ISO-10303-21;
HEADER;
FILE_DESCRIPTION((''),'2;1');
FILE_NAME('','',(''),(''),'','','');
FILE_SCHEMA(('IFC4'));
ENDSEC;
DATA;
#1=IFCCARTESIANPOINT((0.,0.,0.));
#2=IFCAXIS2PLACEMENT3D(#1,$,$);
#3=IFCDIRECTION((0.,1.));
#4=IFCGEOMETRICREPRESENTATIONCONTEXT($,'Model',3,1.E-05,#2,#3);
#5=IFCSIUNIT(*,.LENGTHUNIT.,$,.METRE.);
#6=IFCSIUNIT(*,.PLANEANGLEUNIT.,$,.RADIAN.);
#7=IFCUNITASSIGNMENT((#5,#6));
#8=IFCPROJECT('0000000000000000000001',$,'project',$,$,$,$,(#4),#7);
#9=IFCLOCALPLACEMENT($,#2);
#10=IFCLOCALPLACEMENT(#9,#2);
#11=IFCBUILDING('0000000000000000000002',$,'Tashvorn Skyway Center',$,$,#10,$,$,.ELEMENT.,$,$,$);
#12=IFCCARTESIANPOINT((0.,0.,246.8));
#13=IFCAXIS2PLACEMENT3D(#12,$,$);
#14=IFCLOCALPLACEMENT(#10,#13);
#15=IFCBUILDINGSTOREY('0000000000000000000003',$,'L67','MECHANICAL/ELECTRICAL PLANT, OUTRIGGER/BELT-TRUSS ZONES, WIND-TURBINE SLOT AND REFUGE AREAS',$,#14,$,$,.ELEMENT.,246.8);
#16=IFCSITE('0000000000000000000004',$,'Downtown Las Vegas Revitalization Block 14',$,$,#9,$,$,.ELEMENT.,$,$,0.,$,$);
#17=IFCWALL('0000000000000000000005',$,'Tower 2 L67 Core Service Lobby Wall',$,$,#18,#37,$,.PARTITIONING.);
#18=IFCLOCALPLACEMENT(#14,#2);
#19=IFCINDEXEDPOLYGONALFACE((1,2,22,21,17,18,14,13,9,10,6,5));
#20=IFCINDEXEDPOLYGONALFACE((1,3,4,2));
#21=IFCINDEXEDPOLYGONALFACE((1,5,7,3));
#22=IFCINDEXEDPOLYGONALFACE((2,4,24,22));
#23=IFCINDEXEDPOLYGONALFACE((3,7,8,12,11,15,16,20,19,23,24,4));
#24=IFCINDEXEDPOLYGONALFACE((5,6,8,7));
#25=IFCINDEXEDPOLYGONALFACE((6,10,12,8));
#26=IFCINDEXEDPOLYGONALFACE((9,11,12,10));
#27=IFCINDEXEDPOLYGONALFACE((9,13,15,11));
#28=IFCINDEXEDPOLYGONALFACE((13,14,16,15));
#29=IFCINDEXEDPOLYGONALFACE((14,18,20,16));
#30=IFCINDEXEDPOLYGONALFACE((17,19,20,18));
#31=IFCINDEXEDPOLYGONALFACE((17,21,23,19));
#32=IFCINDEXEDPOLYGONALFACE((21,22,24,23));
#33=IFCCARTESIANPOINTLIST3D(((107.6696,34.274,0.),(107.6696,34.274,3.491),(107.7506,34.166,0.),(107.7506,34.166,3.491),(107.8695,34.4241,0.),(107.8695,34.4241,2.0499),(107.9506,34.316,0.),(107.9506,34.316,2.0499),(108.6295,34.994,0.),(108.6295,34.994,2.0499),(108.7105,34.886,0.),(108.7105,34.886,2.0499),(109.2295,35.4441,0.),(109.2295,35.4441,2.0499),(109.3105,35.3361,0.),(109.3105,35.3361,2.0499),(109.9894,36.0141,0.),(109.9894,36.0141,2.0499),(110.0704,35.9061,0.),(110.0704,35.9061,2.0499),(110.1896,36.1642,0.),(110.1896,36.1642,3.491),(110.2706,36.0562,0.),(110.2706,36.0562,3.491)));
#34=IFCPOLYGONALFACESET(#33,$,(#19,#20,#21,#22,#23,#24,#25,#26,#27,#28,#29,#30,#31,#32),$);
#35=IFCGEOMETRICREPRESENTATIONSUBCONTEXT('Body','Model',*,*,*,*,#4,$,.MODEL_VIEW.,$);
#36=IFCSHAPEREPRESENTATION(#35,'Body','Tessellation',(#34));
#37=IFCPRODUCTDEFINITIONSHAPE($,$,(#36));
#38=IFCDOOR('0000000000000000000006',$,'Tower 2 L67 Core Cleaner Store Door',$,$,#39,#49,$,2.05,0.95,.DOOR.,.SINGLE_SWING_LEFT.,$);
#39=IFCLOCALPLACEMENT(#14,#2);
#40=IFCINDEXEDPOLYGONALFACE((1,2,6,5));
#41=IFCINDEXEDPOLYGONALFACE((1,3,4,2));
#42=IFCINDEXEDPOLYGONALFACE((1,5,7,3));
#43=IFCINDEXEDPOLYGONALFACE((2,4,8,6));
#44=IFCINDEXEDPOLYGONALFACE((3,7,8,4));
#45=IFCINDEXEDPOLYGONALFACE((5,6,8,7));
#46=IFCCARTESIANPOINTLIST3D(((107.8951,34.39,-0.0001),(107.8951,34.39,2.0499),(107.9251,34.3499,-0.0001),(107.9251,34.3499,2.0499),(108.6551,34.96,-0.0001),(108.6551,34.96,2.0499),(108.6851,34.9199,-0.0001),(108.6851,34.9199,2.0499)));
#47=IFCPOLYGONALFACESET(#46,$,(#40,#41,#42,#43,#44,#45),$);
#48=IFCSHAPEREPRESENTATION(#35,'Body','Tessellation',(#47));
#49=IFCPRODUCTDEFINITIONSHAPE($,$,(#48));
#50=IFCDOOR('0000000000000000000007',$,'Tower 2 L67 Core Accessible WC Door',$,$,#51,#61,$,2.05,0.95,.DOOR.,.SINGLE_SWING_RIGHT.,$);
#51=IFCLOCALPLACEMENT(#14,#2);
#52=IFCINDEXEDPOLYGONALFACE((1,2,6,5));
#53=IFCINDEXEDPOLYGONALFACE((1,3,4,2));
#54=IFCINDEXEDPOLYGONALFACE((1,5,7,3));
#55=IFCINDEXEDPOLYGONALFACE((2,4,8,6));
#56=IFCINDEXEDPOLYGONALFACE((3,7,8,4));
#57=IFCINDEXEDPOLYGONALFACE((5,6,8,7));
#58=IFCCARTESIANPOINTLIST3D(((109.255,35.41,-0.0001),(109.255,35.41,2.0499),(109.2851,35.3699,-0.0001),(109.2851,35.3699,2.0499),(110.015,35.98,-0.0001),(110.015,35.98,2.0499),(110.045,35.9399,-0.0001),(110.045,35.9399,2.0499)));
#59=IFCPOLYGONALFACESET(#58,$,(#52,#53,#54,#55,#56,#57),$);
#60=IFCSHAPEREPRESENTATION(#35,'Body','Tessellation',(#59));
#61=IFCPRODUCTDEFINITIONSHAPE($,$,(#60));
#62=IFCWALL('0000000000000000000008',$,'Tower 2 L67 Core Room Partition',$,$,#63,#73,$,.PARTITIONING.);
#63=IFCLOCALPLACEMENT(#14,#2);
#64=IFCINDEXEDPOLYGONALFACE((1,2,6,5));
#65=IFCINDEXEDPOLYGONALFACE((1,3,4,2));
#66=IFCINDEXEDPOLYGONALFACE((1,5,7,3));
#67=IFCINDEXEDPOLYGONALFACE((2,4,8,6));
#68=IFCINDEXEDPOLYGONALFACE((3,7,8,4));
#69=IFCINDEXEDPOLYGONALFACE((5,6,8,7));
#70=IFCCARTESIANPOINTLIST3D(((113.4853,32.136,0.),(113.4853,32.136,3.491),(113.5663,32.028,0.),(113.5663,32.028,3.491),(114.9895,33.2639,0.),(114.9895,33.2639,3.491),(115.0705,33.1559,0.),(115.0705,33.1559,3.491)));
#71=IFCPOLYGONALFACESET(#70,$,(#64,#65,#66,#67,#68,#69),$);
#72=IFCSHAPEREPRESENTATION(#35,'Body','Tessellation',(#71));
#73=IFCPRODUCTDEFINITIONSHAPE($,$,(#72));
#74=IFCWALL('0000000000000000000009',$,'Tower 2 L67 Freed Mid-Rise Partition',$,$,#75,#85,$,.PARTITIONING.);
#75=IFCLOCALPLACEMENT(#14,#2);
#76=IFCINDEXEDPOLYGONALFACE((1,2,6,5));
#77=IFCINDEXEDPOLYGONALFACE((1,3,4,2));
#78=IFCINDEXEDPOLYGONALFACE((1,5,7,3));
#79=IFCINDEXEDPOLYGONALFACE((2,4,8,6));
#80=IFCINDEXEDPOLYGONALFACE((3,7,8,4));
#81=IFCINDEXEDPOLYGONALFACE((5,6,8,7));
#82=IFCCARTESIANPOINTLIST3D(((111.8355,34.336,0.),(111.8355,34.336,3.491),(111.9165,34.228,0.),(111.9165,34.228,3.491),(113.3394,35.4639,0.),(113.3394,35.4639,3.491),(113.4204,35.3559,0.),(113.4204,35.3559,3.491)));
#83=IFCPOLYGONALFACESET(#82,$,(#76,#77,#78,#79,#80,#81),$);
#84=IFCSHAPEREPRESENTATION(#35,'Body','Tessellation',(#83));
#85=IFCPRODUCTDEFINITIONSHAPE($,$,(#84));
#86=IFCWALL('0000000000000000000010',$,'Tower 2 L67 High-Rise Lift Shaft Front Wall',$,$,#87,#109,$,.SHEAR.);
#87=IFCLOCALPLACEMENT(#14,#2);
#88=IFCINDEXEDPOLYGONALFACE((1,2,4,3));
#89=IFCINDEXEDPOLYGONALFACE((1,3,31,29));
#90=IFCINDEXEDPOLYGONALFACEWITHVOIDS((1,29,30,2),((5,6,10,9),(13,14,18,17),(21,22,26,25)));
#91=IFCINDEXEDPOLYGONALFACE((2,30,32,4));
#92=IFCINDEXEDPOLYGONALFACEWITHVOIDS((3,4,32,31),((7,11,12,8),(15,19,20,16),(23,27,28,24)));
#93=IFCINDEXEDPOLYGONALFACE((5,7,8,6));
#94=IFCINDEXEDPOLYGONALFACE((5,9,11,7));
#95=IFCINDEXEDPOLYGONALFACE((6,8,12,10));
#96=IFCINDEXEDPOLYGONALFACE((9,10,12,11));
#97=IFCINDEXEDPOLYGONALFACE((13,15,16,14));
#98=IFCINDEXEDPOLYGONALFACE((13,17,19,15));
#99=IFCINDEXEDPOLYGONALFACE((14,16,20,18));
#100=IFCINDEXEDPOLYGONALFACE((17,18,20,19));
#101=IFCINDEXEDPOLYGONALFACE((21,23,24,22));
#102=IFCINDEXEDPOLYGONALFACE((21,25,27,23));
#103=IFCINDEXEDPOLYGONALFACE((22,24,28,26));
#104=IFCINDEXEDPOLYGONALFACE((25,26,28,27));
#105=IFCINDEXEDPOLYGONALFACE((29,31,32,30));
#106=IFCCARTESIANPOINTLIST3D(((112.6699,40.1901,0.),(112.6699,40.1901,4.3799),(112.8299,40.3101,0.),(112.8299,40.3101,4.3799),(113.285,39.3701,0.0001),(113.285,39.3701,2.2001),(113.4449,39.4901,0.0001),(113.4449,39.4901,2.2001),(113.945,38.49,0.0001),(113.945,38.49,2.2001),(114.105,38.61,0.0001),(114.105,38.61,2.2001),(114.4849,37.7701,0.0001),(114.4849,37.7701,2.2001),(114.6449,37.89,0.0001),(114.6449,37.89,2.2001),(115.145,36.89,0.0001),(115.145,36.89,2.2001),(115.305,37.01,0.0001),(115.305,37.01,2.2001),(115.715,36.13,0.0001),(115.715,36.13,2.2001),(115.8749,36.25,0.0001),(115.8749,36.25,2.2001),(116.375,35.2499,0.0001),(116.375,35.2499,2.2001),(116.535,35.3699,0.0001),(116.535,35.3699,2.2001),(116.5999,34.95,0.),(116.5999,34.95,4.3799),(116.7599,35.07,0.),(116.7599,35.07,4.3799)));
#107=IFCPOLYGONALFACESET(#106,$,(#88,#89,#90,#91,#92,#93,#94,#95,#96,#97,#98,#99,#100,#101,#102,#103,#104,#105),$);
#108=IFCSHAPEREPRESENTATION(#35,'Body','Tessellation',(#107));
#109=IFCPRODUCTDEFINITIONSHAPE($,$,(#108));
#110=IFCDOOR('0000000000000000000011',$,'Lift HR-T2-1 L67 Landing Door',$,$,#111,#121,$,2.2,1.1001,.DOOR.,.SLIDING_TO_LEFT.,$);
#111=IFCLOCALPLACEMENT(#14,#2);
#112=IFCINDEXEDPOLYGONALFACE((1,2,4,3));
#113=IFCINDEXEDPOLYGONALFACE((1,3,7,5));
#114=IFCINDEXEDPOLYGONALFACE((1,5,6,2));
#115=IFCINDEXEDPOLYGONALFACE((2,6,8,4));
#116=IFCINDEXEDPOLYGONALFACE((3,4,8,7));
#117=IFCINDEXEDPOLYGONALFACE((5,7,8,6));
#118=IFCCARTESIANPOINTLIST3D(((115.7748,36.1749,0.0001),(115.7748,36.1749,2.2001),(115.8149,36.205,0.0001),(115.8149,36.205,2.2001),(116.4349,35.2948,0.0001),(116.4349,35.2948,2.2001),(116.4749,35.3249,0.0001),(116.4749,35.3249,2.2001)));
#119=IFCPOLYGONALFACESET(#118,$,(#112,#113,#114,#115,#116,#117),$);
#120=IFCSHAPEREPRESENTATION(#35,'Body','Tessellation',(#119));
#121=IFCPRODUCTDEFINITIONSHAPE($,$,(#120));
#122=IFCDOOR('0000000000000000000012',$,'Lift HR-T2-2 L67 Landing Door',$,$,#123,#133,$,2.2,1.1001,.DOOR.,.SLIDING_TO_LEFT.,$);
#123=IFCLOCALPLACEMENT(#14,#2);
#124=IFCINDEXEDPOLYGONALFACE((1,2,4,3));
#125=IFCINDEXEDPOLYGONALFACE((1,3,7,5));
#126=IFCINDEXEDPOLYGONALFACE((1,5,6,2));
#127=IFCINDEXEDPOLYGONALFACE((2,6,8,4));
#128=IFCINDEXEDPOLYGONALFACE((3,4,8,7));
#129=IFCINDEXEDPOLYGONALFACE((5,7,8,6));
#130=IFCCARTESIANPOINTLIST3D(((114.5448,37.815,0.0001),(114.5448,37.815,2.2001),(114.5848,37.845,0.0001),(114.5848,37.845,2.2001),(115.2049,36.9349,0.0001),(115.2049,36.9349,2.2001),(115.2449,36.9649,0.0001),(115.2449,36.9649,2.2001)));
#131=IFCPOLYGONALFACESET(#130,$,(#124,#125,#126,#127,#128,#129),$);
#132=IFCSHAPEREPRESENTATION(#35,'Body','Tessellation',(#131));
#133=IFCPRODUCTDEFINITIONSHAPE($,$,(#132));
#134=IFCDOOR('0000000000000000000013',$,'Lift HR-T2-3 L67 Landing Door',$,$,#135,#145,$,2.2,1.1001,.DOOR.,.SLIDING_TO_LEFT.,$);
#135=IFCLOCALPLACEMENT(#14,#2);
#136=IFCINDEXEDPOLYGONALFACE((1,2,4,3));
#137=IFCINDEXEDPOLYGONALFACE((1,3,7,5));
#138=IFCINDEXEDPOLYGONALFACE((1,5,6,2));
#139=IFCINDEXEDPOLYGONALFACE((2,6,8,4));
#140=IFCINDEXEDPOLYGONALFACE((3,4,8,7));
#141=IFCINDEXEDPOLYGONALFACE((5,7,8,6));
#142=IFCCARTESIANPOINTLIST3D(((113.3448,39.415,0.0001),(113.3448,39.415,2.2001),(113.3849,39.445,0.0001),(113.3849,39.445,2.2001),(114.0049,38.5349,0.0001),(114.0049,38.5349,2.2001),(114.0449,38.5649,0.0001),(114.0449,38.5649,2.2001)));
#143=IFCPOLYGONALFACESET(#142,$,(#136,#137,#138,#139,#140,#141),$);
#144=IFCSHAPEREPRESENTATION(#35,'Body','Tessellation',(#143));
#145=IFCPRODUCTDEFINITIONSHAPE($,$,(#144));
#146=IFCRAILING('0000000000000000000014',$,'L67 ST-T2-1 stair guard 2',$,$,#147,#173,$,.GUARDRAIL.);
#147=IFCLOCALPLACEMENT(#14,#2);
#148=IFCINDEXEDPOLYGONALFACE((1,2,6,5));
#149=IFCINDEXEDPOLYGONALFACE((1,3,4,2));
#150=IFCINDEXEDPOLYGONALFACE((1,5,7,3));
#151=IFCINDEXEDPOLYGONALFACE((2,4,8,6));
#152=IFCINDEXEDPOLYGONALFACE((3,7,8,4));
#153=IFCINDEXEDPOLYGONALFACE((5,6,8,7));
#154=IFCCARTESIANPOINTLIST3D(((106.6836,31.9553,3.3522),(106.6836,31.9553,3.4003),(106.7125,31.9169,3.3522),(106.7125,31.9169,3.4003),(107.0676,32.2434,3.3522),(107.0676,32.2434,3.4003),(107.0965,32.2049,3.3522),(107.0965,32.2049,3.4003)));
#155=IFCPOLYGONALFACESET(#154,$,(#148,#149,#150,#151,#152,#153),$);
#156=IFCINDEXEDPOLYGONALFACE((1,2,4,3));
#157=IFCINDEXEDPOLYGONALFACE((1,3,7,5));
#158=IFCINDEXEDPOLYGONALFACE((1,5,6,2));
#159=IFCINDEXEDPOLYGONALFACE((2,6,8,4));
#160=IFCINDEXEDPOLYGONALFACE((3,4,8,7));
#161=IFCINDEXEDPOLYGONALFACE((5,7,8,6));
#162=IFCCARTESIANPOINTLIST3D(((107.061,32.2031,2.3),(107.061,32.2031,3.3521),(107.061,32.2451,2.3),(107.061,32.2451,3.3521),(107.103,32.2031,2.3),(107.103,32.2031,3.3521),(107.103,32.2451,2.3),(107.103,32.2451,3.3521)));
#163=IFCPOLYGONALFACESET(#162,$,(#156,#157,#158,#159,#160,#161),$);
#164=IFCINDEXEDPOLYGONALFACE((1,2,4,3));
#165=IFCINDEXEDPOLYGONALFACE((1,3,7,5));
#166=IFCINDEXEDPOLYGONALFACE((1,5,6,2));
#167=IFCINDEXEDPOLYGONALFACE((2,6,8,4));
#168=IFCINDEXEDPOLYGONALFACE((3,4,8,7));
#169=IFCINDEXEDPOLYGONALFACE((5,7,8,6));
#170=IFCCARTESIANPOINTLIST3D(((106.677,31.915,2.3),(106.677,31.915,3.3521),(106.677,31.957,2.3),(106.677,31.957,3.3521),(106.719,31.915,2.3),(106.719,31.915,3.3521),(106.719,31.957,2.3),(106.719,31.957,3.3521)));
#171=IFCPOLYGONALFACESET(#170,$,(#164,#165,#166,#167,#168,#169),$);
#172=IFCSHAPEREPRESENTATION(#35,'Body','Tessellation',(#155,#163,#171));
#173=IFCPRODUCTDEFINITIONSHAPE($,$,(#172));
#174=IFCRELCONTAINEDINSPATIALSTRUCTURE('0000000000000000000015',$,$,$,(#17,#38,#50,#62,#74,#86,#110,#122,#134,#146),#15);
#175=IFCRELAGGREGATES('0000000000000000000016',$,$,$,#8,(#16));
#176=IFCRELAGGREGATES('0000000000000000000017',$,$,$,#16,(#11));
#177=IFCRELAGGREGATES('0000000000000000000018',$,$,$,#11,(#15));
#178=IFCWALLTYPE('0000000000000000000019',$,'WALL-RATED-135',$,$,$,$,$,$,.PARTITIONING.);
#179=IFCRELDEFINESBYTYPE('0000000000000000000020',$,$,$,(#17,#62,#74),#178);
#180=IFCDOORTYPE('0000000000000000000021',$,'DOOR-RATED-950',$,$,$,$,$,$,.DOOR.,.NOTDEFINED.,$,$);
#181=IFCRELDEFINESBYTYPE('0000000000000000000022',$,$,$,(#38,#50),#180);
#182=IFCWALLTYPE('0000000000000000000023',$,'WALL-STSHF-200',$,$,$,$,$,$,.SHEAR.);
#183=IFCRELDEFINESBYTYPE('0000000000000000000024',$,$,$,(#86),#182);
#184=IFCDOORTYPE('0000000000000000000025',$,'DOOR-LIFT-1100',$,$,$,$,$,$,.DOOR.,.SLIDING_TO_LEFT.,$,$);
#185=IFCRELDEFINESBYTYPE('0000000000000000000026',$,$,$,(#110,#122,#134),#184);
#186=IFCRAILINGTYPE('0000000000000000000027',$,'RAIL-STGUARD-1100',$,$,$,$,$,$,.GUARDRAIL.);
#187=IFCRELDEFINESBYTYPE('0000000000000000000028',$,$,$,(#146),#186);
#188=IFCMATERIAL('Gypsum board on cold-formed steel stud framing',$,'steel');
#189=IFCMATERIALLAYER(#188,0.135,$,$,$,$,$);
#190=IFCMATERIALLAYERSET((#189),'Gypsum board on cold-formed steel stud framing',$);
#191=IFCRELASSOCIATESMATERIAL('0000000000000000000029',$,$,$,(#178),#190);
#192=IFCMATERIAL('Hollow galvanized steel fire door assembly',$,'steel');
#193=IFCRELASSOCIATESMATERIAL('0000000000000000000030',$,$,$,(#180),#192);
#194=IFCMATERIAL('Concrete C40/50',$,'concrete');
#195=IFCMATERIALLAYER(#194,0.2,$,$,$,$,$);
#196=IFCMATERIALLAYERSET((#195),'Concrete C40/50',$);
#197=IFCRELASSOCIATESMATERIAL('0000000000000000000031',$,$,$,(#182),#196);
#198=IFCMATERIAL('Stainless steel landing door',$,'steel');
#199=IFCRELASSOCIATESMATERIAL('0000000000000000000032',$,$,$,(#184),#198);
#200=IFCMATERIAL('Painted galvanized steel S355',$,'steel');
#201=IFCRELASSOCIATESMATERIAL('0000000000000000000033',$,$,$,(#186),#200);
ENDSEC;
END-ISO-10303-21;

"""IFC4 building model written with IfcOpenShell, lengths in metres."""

from ifc_helpers import new_model, si_unit, direction, frame, frame_2d, origin, origin_2d, place, context, subcontext, project, spatial, rectangle, extrude, material, layer, layer_set, type_object, element, fill, save


model = new_model("IFC4")

# Units and contexts
model_context = context("Model", 3, precision=1e-05, world=origin(), true_north=direction((0.0, 1.0)))
body_context = subcontext(model_context, "Body", "Model", "MODEL_VIEW")
ifc_project = project(units=[si_unit("LENGTHUNIT", "METRE"), si_unit("PLANEANGLEUNIT", "RADIAN")], contexts=[model_context])

# Site, building, storey
site_placement = place(None, origin())
site = spatial("IfcSite", under=ifc_project, at=site_placement, Name="Downtown Las Vegas Revitalization Block 14", CompositionType="ELEMENT", RefElevation=0.0)
building_placement = place(site_placement, origin())
building = spatial("IfcBuilding", under=site, at=building_placement, Name="Tashvorn Skyway Center", CompositionType="ELEMENT")
storey_placement = place(building_placement, frame((0.0, 0.0, 246.8)))
storey = spatial("IfcBuildingStorey", under=building, at=storey_placement, Name="L67", Description="MECHANICAL/ELECTRICAL PLANT, OUTRIGGER/BELT-TRUSS ZONES, WIND-TURBINE SLOT AND REFUGE AREAS", CompositionType="ELEMENT", Elevation=246.8)

# Shared definitions
ifc_material_1 = material(Name="Gypsum board on cold-formed steel stud framing", Category="steel")

# Wall, openings, doors
ifc_layer_1 = layer(ifc_material_1, 0.135)
ifc_layer_set_1 = layer_set([ifc_layer_1], Name="Gypsum board on cold-formed steel stud framing")
wall_type_1 = type_object("IfcWallType", Name="WALL-RATED-135", PredefinedType="PARTITIONING", material=ifc_layer_set_1)
wall_1_placement = place(storey_placement, frame((107.71, 34.22, 0.0), z_axis=(0.0, 0.0, 1.0), x_axis=(0.799981, 0.600025, 0.0)))
wall_1 = element("IfcWall", 1, at=wall_1_placement, inside=storey, type_object=wall_type_1, Name="Tower 2 L67 Core Service Lobby Wall", PredefinedType="PARTITIONING", context=body_context, shape_type="SweptSolid", body=[
    extrude(rectangle(XDim=3.1501, YDim=0.135, at=frame_2d((1.5752, 0.0))), origin(), (0.0, 0.0, 1.0), 3.491),
])
opening_1_placement = place(wall_1_placement, frame((0.25, 0.0, 0.0)))
opening_1 = element("IfcOpeningElement", 2, at=opening_1_placement, cuts=wall_1, PredefinedType="OPENING", context=body_context, shape_type="SweptSolid", body=[
    extrude(rectangle(XDim=0.95, YDim=2.05, at=frame_2d((0.4751, 1.0249))), frame((0.0, 0.0774, 0.0), z_axis=(0.0, -1.0, 0.0), x_axis=(1.0, 0.0, 0.0)), (0.0, 0.0, 1.0), 0.155),
])
opening_2_placement = place(wall_1_placement, frame((1.95, 0.0, 0.0)))
opening_2 = element("IfcOpeningElement", 3, at=opening_2_placement, cuts=wall_1, PredefinedType="OPENING", context=body_context, shape_type="SweptSolid", body=[
    extrude(rectangle(XDim=0.95, YDim=2.05, at=frame_2d((0.4751, 1.0249))), frame((0.0, 0.0774, 0.0), z_axis=(0.0, -1.0, 0.0), x_axis=(1.0, 0.0, 0.0)), (0.0, 0.0, 1.0), 0.155),
])
ifc_material_2 = material(Name="Hollow galvanized steel fire door assembly", Category="steel")
door_type_1 = type_object("IfcDoorType", Name="DOOR-RATED-950", OperationType="NOTDEFINED", PredefinedType="DOOR", material=ifc_material_2)
door_1_placement = place(opening_1_placement, origin())
door_1 = element("IfcDoor", 4, at=door_1_placement, inside=storey, type_object=door_type_1, Name="Tower 2 L67 Core Cleaner Store Door", OperationType="SINGLE_SWING_LEFT", OverallHeight=2.05, OverallWidth=0.95, PredefinedType="DOOR", context=body_context, shape_type="SweptSolid", body=[
    extrude(rectangle(XDim=0.95, YDim=2.05, at=frame_2d((0.4751, 1.0249))), frame((0.0, 0.0249, 0.0), z_axis=(0.0, -1.0, 0.0), x_axis=(1.0, 0.0, 0.0)), (0.0, 0.0, 1.0), 0.05),
])
fill(opening_1, door_1)
door_2_placement = place(opening_2_placement, origin())
door_2 = element("IfcDoor", 5, at=door_2_placement, inside=storey, type_object=door_type_1, Name="Tower 2 L67 Core Accessible WC Door", OperationType="SINGLE_SWING_RIGHT", OverallHeight=2.05, OverallWidth=0.95, PredefinedType="DOOR", context=body_context, shape_type="SweptSolid", body=[
    extrude(rectangle(XDim=0.95, YDim=2.05, at=frame_2d((0.4751, 1.0249))), frame((0.0, 0.0249, 0.0), z_axis=(0.0, -1.0, 0.0), x_axis=(1.0, 0.0, 0.0)), (0.0, 0.0, 1.0), 0.05),
])
fill(opening_2, door_2)

# Walls
wall_2_placement = place(storey_placement, frame((113.5259, 32.082, 0.0), z_axis=(0.0, 0.0, 1.0), x_axis=(0.800047, 0.599938, 0.0)))
element("IfcWall", 6, at=wall_2_placement, inside=storey, type_object=wall_type_1, Name="Tower 2 L67 Core Room Partition", PredefinedType="PARTITIONING", context=body_context, shape_type="SweptSolid", body=[
    extrude(rectangle(XDim=1.8801, YDim=0.135, at=frame_2d((0.9399, 0.0))), origin(), (0.0, 0.0, 1.0), 3.491),
])
wall_3_placement = place(storey_placement, frame((111.876, 34.282, 0.0), z_axis=(0.0, 0.0, 1.0), x_axis=(0.8, 0.6, 0.0)))
element("IfcWall", 7, at=wall_3_placement, inside=storey, type_object=wall_type_1, Name="Tower 2 L67 Freed Mid-Rise Partition", PredefinedType="PARTITIONING", context=body_context, shape_type="SweptSolid", body=[
    extrude(rectangle(XDim=1.8799, YDim=0.135, at=frame_2d((0.9399, 0.0))), origin(), (0.0, 0.0, 1.0), 3.491),
])

# Wall, openings, doors
ifc_material_3 = material(Name="Concrete C40/50", Category="concrete")
ifc_layer_2 = layer(ifc_material_3, 0.2)
ifc_layer_set_2 = layer_set([ifc_layer_2], Name="Concrete C40/50")
wall_type_2 = type_object("IfcWallType", Name="WALL-STSHF-200", PredefinedType="SHEAR", material=ifc_layer_set_2)
wall_4_placement = place(storey_placement, frame((112.75, 40.25, 0.0), z_axis=(0.0, 0.0, 1.0), x_axis=(0.599994, -0.800004, 0.0)))
wall_4 = element("IfcWall", 8, at=wall_4_placement, inside=storey, type_object=wall_type_2, Name="Tower 2 L67 High-Rise Lift Shaft Front Wall", PredefinedType="SHEAR", context=body_context, shape_type="SweptSolid", body=[
    extrude(rectangle(XDim=6.55, YDim=0.2, at=frame_2d((3.2749, 0.0))), origin(), (0.0, 0.0, 1.0), 4.3799),
])
opening_3_placement = place(wall_4_placement, frame((5.075, 0.0, 0.0)))
opening_3 = element("IfcOpeningElement", 9, at=opening_3_placement, cuts=wall_4, PredefinedType="OPENING", context=body_context, shape_type="SweptSolid", body=[
    extrude(rectangle(XDim=1.1001, YDim=2.2, at=frame_2d((0.55, 1.1001))), frame((0.0, 0.1099, 0.0), z_axis=(0.0, -1.0, 0.0), x_axis=(1.0, 0.0, 0.0)), (0.0, 0.0, 1.0), 0.22),
])
opening_4_placement = place(wall_4_placement, frame((3.0249, 0.0, 0.0)))
opening_4 = element("IfcOpeningElement", 10, at=opening_4_placement, cuts=wall_4, PredefinedType="OPENING", context=body_context, shape_type="SweptSolid", body=[
    extrude(rectangle(XDim=1.1001, YDim=2.2, at=frame_2d((0.55, 1.1001))), frame((0.0, 0.1099, 0.0), z_axis=(0.0, -1.0, 0.0), x_axis=(1.0, 0.0, 0.0)), (0.0, 0.0, 1.0), 0.22),
])
opening_5_placement = place(wall_4_placement, frame((1.0249, 0.0, 0.0)))
opening_5 = element("IfcOpeningElement", 11, at=opening_5_placement, cuts=wall_4, PredefinedType="OPENING", context=body_context, shape_type="SweptSolid", body=[
    extrude(rectangle(XDim=1.1001, YDim=2.2, at=frame_2d((0.55, 1.1001))), frame((0.0, 0.1099, 0.0), z_axis=(0.0, -1.0, 0.0), x_axis=(1.0, 0.0, 0.0)), (0.0, 0.0, 1.0), 0.22),
])
ifc_material_4 = material(Name="Stainless steel landing door", Category="steel")
door_type_2 = type_object("IfcDoorType", Name="DOOR-LIFT-1100", OperationType="SLIDING_TO_LEFT", PredefinedType="DOOR", material=ifc_material_4)
door_3_placement = place(opening_3_placement, origin())
door_3 = element("IfcDoor", 12, at=door_3_placement, inside=storey, type_object=door_type_2, Name="Lift HR-T2-1 L67 Landing Door", OperationType="SLIDING_TO_LEFT", OverallHeight=2.2, OverallWidth=1.1001, PredefinedType="DOOR", context=body_context, shape_type="SweptSolid", body=[
    extrude(rectangle(XDim=1.1001, YDim=2.2, at=frame_2d((0.55, 1.1001))), frame((0.0, 0.0249, 0.0), z_axis=(0.0, -1.0, 0.0), x_axis=(1.0, 0.0, 0.0)), (0.0, 0.0, 1.0), 0.05),
])
fill(opening_3, door_3)
door_4_placement = place(opening_4_placement, origin())
door_4 = element("IfcDoor", 13, at=door_4_placement, inside=storey, type_object=door_type_2, Name="Lift HR-T2-2 L67 Landing Door", OperationType="SLIDING_TO_LEFT", OverallHeight=2.2, OverallWidth=1.1001, PredefinedType="DOOR", context=body_context, shape_type="SweptSolid", body=[
    extrude(rectangle(XDim=1.1001, YDim=2.2, at=frame_2d((0.55, 1.1001))), frame((0.0, 0.0249, 0.0), z_axis=(0.0, -1.0, 0.0), x_axis=(1.0, 0.0, 0.0)), (0.0, 0.0, 1.0), 0.05),
])
fill(opening_4, door_4)
door_5_placement = place(opening_5_placement, origin())
door_5 = element("IfcDoor", 14, at=door_5_placement, inside=storey, type_object=door_type_2, Name="Lift HR-T2-3 L67 Landing Door", OperationType="SLIDING_TO_LEFT", OverallHeight=2.2, OverallWidth=1.1001, PredefinedType="DOOR", context=body_context, shape_type="SweptSolid", body=[
    extrude(rectangle(XDim=1.1001, YDim=2.2, at=frame_2d((0.55, 1.1001))), frame((0.0, 0.0249, 0.0), z_axis=(0.0, -1.0, 0.0), x_axis=(1.0, 0.0, 0.0)), (0.0, 0.0, 1.0), 0.05),
])
fill(opening_5, door_5)

# Railing
ifc_material_5 = material(Name="Painted galvanized steel S355", Category="steel")
railing_type = type_object("IfcRailingType", Name="RAIL-STGUARD-1100", PredefinedType="GUARDRAIL", material=ifc_material_5)
railing_placement = place(storey_placement, frame((107.082, 32.2241, 2.3)))
element("IfcRailing", 15, at=railing_placement, inside=storey, type_object=railing_type, Name="L67 ST-T2-1 stair guard 2", PredefinedType="GUARDRAIL", context=body_context, shape_type="SweptSolid", body=[
    extrude(rectangle(XDim=0.0481, YDim=0.0481, at=origin_2d()), frame((0.0, 0.0, 1.0762), z_axis=(-0.799939, -0.600081, 0.0), x_axis=(0.600081, -0.799939, 0.0)), (0.0, 0.0, 1.0), 0.48),
    extrude(rectangle(XDim=0.042, YDim=0.042, at=origin_2d()), origin(), (0.0, 0.0, 1.0), 1.052),
    extrude(rectangle(XDim=0.042, YDim=0.042, at=origin_2d()), frame((-0.384, -0.2881, 0.0)), (0.0, 0.0, 1.0), 1.052),
])

save(model, "model.ifc")
